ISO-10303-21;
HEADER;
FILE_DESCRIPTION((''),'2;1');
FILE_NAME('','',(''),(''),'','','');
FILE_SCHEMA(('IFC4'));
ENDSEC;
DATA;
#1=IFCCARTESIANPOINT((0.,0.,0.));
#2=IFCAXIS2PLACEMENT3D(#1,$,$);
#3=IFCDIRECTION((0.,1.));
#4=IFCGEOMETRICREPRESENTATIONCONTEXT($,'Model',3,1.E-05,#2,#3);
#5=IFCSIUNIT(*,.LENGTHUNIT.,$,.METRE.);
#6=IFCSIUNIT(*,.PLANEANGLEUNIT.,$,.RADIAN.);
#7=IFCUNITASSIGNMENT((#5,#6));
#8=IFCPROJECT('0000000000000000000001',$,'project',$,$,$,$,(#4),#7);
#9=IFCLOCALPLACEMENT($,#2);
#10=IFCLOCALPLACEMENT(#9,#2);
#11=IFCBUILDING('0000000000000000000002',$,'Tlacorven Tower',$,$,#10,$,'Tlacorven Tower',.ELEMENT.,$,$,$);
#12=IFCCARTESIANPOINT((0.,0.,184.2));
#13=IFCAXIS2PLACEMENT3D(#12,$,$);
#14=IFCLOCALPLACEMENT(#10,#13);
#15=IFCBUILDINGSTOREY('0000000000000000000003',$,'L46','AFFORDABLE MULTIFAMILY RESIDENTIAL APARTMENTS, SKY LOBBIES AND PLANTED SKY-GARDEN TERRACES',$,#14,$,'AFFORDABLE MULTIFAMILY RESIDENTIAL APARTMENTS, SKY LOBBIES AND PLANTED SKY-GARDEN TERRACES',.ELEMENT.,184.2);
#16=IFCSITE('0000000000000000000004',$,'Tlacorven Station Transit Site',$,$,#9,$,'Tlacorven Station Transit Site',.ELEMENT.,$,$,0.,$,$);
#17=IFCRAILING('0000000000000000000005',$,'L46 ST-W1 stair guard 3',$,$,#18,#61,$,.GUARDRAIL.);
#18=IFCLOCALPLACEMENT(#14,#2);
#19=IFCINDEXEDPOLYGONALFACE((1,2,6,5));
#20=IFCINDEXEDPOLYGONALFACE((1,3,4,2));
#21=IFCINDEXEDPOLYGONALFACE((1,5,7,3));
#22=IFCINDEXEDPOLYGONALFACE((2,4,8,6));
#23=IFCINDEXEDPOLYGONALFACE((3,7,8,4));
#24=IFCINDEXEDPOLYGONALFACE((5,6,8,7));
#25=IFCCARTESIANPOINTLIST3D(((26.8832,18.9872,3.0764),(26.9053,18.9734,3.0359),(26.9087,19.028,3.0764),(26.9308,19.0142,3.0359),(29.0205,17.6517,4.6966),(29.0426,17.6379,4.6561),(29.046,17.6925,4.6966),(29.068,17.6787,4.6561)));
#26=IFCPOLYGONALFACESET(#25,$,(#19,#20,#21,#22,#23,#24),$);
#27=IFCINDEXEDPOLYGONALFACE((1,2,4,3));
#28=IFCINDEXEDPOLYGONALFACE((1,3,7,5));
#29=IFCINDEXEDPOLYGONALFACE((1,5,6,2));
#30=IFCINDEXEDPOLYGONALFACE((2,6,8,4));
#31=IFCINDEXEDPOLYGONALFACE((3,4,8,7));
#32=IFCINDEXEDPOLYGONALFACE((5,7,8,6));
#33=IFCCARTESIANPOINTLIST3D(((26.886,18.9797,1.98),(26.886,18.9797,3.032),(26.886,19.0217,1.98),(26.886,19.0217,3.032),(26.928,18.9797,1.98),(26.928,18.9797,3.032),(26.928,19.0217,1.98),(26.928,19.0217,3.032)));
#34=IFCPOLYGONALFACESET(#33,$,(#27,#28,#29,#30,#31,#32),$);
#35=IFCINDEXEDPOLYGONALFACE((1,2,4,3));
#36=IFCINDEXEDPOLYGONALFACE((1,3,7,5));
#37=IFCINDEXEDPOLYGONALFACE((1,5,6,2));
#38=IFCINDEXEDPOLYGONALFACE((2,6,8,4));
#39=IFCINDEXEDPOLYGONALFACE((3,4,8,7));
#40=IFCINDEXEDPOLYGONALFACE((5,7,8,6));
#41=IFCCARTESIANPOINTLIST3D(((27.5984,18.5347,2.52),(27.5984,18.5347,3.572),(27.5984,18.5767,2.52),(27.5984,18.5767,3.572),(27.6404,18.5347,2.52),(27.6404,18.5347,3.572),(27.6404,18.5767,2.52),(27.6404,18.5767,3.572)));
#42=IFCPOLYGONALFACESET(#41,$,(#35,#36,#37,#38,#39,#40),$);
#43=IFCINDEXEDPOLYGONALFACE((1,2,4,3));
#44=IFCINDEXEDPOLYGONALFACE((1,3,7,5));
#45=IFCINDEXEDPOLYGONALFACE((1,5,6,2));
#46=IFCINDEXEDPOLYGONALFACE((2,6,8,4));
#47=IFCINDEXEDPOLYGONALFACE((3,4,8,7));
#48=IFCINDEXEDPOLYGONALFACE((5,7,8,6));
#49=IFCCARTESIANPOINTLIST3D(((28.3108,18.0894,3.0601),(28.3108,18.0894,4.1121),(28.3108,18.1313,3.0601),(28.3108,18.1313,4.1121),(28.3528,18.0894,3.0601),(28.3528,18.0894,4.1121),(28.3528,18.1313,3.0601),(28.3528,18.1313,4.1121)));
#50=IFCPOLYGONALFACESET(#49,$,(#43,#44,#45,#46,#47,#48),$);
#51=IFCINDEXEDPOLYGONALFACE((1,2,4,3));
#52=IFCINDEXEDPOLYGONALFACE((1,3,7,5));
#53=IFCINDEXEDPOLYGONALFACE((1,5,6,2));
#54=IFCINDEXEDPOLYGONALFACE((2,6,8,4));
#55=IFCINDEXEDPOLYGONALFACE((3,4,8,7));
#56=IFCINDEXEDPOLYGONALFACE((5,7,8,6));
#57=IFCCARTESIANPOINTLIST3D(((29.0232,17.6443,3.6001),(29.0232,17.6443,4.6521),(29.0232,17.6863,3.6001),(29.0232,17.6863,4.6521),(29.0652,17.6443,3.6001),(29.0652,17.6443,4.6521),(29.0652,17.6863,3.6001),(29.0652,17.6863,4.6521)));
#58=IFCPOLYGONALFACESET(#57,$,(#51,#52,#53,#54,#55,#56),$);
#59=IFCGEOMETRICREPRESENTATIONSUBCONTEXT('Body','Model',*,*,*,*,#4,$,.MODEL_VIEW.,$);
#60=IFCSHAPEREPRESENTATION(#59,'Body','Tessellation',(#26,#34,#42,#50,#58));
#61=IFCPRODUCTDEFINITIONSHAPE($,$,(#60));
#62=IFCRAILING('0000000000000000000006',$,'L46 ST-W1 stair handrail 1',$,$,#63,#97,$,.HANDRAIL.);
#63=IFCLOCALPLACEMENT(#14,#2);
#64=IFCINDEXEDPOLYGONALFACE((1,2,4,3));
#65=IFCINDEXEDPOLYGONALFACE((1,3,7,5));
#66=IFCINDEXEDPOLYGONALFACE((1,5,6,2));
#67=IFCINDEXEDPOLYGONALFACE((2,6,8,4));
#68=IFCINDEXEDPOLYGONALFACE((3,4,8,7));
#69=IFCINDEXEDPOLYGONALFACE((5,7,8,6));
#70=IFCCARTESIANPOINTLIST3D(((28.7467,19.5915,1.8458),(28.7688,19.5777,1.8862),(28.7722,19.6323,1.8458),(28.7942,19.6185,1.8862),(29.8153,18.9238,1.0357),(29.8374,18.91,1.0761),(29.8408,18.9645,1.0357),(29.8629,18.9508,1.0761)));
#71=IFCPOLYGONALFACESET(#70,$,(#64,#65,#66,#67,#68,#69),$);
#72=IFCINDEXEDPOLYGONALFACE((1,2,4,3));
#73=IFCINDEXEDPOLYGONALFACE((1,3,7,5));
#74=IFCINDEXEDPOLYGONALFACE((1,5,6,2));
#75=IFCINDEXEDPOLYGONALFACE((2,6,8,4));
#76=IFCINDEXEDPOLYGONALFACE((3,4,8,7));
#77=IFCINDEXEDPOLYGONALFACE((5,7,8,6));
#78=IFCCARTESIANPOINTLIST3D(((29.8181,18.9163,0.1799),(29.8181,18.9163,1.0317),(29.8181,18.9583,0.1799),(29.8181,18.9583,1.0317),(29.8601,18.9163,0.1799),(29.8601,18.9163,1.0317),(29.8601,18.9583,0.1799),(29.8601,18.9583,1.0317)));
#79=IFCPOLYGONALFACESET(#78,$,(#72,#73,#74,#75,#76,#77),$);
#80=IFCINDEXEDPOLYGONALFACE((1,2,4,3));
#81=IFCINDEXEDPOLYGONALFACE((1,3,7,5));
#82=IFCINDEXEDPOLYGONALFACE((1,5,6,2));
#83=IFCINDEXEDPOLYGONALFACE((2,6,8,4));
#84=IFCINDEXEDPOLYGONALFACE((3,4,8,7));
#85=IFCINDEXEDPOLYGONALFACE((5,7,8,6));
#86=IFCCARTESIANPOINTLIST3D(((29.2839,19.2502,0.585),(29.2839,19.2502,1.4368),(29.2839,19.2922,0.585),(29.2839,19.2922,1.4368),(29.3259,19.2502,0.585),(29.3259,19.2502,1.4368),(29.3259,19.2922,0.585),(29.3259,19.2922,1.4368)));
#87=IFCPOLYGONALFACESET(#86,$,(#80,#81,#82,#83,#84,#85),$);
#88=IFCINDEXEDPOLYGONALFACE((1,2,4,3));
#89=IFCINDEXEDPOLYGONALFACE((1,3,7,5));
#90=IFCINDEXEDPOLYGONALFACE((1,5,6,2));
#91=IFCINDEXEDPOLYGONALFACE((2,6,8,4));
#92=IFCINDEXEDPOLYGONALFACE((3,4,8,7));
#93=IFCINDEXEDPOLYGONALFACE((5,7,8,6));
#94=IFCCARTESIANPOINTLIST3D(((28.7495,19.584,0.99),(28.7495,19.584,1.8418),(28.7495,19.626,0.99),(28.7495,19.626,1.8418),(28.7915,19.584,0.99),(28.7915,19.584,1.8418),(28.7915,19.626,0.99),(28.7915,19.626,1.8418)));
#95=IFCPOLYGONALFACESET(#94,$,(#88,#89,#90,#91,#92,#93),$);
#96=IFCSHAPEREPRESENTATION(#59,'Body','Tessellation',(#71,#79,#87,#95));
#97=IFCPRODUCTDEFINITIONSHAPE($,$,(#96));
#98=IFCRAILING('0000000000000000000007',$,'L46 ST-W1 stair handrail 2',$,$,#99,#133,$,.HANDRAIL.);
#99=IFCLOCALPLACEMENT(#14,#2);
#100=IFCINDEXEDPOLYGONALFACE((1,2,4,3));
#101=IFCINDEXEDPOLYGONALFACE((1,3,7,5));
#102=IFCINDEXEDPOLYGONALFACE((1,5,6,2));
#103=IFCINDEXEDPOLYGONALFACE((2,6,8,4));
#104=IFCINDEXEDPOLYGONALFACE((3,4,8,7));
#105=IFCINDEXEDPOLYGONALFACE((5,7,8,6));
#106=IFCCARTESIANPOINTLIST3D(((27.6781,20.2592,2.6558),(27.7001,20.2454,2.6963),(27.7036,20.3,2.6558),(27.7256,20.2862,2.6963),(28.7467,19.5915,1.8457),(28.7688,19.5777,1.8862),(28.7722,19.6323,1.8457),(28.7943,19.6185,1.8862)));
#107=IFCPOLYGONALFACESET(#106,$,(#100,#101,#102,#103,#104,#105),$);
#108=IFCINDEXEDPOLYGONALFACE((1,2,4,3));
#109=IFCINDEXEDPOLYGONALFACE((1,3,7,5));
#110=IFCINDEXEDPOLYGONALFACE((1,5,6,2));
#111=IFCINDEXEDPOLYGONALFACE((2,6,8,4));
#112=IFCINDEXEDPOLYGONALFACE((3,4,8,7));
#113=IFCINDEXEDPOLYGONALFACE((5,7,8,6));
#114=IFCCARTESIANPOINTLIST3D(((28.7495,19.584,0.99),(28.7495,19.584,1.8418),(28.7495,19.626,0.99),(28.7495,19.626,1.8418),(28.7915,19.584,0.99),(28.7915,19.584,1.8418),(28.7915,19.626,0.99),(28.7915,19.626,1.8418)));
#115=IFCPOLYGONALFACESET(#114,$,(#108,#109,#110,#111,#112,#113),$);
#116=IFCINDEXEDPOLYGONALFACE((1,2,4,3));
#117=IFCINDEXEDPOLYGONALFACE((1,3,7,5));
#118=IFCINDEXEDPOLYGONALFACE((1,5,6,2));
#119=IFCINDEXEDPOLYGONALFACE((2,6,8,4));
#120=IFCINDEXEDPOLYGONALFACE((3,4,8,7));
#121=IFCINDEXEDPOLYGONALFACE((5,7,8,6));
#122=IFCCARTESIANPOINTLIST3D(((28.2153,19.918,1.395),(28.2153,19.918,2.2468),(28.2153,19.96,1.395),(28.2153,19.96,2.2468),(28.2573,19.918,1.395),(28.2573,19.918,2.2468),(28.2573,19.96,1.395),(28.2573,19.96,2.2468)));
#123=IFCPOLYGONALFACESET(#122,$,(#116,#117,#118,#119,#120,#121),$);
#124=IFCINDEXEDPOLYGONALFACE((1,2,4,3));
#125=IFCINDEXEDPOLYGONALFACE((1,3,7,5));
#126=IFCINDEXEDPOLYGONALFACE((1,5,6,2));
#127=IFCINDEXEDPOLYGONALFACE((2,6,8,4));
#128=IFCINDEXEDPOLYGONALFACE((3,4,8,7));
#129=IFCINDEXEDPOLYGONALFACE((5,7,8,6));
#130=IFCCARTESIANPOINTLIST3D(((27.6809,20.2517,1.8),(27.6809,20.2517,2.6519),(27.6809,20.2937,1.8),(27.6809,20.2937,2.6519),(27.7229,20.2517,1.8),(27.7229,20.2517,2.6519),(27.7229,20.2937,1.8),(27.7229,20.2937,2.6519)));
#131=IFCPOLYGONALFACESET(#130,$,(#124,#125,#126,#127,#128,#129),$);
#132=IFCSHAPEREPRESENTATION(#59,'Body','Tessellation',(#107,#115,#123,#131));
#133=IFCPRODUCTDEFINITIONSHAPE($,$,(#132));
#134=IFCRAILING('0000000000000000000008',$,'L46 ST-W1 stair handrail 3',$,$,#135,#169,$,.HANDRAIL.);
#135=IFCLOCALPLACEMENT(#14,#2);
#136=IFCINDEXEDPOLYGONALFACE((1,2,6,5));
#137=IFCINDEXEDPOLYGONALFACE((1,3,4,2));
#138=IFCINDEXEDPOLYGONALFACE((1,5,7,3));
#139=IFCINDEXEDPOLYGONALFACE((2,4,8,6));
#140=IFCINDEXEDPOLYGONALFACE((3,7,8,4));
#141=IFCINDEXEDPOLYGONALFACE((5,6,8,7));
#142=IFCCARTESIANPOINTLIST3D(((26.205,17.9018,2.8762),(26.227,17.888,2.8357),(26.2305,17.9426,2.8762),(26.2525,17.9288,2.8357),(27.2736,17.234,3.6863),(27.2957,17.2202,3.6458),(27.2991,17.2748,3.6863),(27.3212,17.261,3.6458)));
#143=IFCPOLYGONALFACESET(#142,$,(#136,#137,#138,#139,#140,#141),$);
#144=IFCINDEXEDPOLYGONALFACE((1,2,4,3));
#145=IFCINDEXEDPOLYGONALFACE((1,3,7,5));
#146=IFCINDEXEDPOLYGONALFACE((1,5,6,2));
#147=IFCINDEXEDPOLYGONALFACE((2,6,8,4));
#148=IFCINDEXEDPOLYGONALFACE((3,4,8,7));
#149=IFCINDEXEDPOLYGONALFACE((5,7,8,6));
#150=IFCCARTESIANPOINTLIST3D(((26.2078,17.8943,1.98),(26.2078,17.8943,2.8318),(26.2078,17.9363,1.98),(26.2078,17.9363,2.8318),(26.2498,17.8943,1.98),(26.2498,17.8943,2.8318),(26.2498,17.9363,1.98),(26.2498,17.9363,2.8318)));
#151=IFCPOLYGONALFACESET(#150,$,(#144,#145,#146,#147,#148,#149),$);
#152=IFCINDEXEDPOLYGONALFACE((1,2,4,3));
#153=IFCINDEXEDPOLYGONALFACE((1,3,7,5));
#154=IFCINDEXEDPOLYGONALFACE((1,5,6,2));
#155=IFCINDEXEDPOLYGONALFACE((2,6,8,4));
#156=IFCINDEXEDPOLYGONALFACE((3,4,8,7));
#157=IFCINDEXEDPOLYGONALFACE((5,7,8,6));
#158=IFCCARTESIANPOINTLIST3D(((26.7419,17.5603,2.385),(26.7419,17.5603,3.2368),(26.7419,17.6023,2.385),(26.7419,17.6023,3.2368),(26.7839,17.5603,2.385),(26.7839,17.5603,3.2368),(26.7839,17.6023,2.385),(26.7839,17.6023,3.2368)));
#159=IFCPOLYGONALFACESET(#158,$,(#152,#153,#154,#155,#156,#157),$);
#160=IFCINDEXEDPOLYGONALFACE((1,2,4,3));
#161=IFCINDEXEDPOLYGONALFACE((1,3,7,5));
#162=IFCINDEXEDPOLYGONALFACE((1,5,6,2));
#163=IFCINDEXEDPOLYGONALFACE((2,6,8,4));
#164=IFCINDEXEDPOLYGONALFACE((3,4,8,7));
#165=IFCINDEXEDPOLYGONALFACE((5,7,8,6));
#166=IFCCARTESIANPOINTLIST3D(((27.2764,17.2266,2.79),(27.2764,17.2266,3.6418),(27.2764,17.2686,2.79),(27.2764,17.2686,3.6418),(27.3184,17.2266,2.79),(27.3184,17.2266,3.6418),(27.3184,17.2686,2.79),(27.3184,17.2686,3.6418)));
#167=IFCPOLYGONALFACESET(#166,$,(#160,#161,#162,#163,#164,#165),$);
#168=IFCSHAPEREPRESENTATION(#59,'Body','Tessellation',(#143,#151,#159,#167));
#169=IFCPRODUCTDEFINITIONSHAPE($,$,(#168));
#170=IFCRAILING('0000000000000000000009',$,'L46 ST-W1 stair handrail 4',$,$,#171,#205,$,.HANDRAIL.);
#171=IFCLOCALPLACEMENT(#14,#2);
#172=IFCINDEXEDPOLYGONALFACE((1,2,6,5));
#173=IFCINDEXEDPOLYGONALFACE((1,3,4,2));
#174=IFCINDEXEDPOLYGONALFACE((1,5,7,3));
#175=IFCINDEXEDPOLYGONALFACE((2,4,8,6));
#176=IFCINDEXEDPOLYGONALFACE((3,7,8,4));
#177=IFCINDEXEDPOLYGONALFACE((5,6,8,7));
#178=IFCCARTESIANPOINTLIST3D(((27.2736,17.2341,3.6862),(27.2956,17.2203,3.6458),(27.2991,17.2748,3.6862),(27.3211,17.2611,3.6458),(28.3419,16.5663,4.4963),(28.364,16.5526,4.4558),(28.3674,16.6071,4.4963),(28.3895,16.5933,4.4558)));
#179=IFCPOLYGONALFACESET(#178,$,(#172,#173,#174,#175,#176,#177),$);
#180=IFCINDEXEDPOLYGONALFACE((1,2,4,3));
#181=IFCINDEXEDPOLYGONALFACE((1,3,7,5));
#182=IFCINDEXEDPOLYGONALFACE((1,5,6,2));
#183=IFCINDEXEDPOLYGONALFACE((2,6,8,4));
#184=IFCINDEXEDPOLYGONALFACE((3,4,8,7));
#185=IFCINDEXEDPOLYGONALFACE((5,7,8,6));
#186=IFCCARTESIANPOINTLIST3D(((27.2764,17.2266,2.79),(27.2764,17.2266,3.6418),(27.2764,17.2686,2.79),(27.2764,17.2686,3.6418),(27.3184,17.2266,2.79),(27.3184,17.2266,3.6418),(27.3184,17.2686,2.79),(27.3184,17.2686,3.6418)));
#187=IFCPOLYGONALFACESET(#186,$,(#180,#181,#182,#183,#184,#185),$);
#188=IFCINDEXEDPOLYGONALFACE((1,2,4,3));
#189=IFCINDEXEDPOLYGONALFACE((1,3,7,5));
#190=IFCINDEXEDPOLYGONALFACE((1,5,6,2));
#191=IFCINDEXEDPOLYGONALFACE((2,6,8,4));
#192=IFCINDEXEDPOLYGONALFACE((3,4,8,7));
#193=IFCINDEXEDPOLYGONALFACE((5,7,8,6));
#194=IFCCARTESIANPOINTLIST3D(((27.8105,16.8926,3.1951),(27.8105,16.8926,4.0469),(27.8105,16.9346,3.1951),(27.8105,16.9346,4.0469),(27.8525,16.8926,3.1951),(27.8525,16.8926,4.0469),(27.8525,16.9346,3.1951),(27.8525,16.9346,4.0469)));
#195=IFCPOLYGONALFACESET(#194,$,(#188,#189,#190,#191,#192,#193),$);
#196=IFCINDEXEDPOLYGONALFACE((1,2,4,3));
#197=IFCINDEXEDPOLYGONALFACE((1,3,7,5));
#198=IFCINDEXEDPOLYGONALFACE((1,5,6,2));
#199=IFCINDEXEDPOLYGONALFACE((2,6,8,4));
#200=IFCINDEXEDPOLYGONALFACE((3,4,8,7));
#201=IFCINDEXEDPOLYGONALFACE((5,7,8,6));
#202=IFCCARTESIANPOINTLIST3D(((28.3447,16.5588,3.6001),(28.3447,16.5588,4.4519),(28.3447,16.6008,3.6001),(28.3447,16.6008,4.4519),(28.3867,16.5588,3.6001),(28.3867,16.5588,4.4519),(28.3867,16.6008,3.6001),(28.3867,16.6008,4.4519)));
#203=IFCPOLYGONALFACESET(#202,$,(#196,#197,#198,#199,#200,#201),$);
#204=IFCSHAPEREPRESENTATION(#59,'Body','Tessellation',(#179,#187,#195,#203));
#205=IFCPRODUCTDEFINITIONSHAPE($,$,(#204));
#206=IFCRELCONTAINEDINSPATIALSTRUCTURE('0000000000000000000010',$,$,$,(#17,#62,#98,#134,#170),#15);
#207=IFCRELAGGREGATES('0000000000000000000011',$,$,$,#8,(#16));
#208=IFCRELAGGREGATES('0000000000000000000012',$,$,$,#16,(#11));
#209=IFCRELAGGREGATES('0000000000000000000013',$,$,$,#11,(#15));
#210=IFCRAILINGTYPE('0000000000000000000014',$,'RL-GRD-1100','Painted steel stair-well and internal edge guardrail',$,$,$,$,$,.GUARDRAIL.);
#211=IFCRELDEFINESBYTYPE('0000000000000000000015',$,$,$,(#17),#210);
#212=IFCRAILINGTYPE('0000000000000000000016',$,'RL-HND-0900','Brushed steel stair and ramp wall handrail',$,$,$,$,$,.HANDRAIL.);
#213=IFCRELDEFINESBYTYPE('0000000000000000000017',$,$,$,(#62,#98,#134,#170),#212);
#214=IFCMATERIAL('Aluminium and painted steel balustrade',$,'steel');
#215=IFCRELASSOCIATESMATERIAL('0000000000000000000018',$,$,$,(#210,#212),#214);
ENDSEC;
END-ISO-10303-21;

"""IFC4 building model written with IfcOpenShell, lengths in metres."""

from ifc_helpers import new_model, si_unit, direction, frame, origin, origin_2d, place, context, subcontext, project, spatial, rectangle, extrude, source, transform, mapped, material, type_object, element, save


model = new_model("IFC4")

# Units and contexts
model_context = context("Model", 3, precision=1e-05, world=origin(), true_north=direction((0.0, 1.0)))
body_context = subcontext(model_context, "Body", "Model", "MODEL_VIEW")
ifc_project = project(units=[si_unit("LENGTHUNIT", "METRE"), si_unit("PLANEANGLEUNIT", "RADIAN")], contexts=[model_context])

# Site, building, storey
site_placement = place(None, origin())
site = spatial("IfcSite", under=ifc_project, at=site_placement, Name="Tlacorven Station Transit Site", LongName="Tlacorven Station Transit Site", CompositionType="ELEMENT", RefElevation=0.0)
building_placement = place(site_placement, origin())
building = spatial("IfcBuilding", under=site, at=building_placement, Name="Tlacorven Tower", LongName="Tlacorven Tower", CompositionType="ELEMENT")
storey_placement = place(building_placement, frame((0.0, 0.0, 184.2)))
storey = spatial("IfcBuildingStorey", under=building, at=storey_placement, Name="L46", Description="AFFORDABLE MULTIFAMILY RESIDENTIAL APARTMENTS, SKY LOBBIES AND PLANTED SKY-GARDEN TERRACES", LongName="AFFORDABLE MULTIFAMILY RESIDENTIAL APARTMENTS, SKY LOBBIES AND PLANTED SKY-GARDEN TERRACES", CompositionType="ELEMENT", Elevation=184.2)

# Railings
ifc_material_1 = material(Name="Aluminium and painted steel balustrade", Category="steel")
railing_type_1 = type_object("IfcRailingType", Name="RL-GRD-1100", Description="Painted steel stair-well and internal edge guardrail", PredefinedType="GUARDRAIL", material=ifc_material_1)
shared_shape_1 = source(origin(), body_context, "Body", "SweptSolid", [
    extrude(rectangle(XDim=0.0481, YDim=0.0481, at=origin_2d()), frame((0.0, 0.0, 1.0762), z_axis=(0.71336, -0.445748, 0.540765), x_axis=(0.529912, 0.848053, 0.0)), (0.0, 0.0, 1.0), 2.9961),
    extrude(rectangle(XDim=0.042, YDim=0.042, at=origin_2d()), origin(), (0.0, 0.0, 1.0), 1.052),
    extrude(rectangle(XDim=0.042, YDim=0.042, at=origin_2d()), frame((0.7124, -0.4451, 0.54)), (0.0, 0.0, 1.0), 1.052),
    extrude(rectangle(XDim=0.042, YDim=0.042, at=origin_2d()), frame((1.4248, -0.8904, 1.0801)), (0.0, 0.0, 1.0), 1.052),
    extrude(rectangle(XDim=0.042, YDim=0.042, at=origin_2d()), frame((2.1372, -1.3354, 1.6201)), (0.0, 0.0, 1.0), 1.052),
])
railing_1_placement = place(storey_placement, frame((26.907, 19.0007, 1.98)))
element("IfcRailing", 1, at=railing_1_placement, inside=storey, type_object=railing_type_1, Name="L46 ST-W1 stair guard 3", PredefinedType="GUARDRAIL", context=body_context, shape_type="MappedRepresentation", body=[
    mapped(shared_shape_1, transform((0.0, 0.0, 0.0), scale=1.0)),
])
railing_type_2 = type_object("IfcRailingType", Name="RL-HND-0900", Description="Brushed steel stair and ramp wall handrail", PredefinedType="HANDRAIL", material=ifc_material_1)
shared_shape_2 = source(origin(), body_context, "Body", "SweptSolid", [
    extrude(rectangle(XDim=0.0481, YDim=0.0481, at=origin_2d()), frame((0.0, 0.0, 0.876), z_axis=(-0.71336, 0.445748, 0.540765), x_axis=(-0.529912, -0.848053, 0.0)), (0.0, 0.0, 1.0), 1.498),
    extrude(rectangle(XDim=0.042, YDim=0.042, at=origin_2d()), origin(), (0.0, 0.0, 1.0), 0.8518),
    extrude(rectangle(XDim=0.042, YDim=0.042, at=origin_2d()), frame((-0.5342, 0.334, 0.405)), (0.0, 0.0, 1.0), 0.8518),
    extrude(rectangle(XDim=0.042, YDim=0.042, at=origin_2d()), frame((-1.0686, 0.6677, 0.8101)), (0.0, 0.0, 1.0), 0.8518),
])
for number, where, name in (
    (2, (29.8391, 18.9373, 0.1799), "L46 ST-W1 stair handrail 1"),
    (3, (28.7705, 19.605, 0.99), "L46 ST-W1 stair handrail 2"),
):
    element("IfcRailing", number, at=place(storey_placement, frame(where)), inside=storey, type_object=railing_type_2, Name=name, PredefinedType="HANDRAIL", context=body_context, shape_type="MappedRepresentation", body=[
        mapped(shared_shape_2, transform((0.0, 0.0, 0.0), scale=1.0)),
    ])
shared_shape_3 = source(origin(), body_context, "Body", "SweptSolid", [
    extrude(rectangle(XDim=0.0481, YDim=0.0481, at=origin_2d()), frame((0.0, 0.0, 0.876), z_axis=(0.71336, -0.445748, 0.540765), x_axis=(0.529912, 0.848053, 0.0)), (0.0, 0.0, 1.0), 1.498),
    extrude(rectangle(XDim=0.042, YDim=0.042, at=origin_2d()), origin(), (0.0, 0.0, 1.0), 0.8518),
    extrude(rectangle(XDim=0.042, YDim=0.042, at=origin_2d()), frame((0.5342, -0.334, 0.405)), (0.0, 0.0, 1.0), 0.8518),
    extrude(rectangle(XDim=0.042, YDim=0.042, at=origin_2d()), frame((1.0686, -0.6677, 0.8101)), (0.0, 0.0, 1.0), 0.8518),
])
railing_2_placement = place(storey_placement, frame((26.2288, 17.9153, 1.98)))
element("IfcRailing", 4, at=railing_2_placement, inside=storey, type_object=railing_type_2, Name="L46 ST-W1 stair handrail 3", PredefinedType="HANDRAIL", context=body_context, shape_type="MappedRepresentation", body=[
    mapped(shared_shape_3, transform((0.0, 0.0, 0.0), scale=1.0)),
])
shared_shape_4 = source(origin(), body_context, "Body", "SweptSolid", [
    extrude(rectangle(XDim=0.0481, YDim=0.0481, at=origin_2d()), frame((0.0, 0.0, 0.876), z_axis=(0.71328, -0.4458, 0.540828), x_axis=(0.529999, 0.847998, 0.0)), (0.0, 0.0, 1.0), 1.4978),
    extrude(rectangle(XDim=0.042, YDim=0.042, at=origin_2d()), origin(), (0.0, 0.0, 1.0), 0.8518),
    extrude(rectangle(XDim=0.042, YDim=0.042, at=origin_2d()), frame((0.5342, -0.334, 0.405)), (0.0, 0.0, 1.0), 0.8518),
    extrude(rectangle(XDim=0.042, YDim=0.042, at=origin_2d()), frame((1.0684, -0.6677, 0.8101)), (0.0, 0.0, 1.0), 0.8518),
])
railing_3_placement = place(storey_placement, frame((27.2974, 17.2476, 2.79)))
element("IfcRailing", 5, at=railing_3_placement, inside=storey, type_object=railing_type_2, Name="L46 ST-W1 stair handrail 4", PredefinedType="HANDRAIL", context=body_context, shape_type="MappedRepresentation", body=[
    mapped(shared_shape_4, transform((0.0, 0.0, 0.0), scale=1.0)),
])

save(model, "model.ifc")
